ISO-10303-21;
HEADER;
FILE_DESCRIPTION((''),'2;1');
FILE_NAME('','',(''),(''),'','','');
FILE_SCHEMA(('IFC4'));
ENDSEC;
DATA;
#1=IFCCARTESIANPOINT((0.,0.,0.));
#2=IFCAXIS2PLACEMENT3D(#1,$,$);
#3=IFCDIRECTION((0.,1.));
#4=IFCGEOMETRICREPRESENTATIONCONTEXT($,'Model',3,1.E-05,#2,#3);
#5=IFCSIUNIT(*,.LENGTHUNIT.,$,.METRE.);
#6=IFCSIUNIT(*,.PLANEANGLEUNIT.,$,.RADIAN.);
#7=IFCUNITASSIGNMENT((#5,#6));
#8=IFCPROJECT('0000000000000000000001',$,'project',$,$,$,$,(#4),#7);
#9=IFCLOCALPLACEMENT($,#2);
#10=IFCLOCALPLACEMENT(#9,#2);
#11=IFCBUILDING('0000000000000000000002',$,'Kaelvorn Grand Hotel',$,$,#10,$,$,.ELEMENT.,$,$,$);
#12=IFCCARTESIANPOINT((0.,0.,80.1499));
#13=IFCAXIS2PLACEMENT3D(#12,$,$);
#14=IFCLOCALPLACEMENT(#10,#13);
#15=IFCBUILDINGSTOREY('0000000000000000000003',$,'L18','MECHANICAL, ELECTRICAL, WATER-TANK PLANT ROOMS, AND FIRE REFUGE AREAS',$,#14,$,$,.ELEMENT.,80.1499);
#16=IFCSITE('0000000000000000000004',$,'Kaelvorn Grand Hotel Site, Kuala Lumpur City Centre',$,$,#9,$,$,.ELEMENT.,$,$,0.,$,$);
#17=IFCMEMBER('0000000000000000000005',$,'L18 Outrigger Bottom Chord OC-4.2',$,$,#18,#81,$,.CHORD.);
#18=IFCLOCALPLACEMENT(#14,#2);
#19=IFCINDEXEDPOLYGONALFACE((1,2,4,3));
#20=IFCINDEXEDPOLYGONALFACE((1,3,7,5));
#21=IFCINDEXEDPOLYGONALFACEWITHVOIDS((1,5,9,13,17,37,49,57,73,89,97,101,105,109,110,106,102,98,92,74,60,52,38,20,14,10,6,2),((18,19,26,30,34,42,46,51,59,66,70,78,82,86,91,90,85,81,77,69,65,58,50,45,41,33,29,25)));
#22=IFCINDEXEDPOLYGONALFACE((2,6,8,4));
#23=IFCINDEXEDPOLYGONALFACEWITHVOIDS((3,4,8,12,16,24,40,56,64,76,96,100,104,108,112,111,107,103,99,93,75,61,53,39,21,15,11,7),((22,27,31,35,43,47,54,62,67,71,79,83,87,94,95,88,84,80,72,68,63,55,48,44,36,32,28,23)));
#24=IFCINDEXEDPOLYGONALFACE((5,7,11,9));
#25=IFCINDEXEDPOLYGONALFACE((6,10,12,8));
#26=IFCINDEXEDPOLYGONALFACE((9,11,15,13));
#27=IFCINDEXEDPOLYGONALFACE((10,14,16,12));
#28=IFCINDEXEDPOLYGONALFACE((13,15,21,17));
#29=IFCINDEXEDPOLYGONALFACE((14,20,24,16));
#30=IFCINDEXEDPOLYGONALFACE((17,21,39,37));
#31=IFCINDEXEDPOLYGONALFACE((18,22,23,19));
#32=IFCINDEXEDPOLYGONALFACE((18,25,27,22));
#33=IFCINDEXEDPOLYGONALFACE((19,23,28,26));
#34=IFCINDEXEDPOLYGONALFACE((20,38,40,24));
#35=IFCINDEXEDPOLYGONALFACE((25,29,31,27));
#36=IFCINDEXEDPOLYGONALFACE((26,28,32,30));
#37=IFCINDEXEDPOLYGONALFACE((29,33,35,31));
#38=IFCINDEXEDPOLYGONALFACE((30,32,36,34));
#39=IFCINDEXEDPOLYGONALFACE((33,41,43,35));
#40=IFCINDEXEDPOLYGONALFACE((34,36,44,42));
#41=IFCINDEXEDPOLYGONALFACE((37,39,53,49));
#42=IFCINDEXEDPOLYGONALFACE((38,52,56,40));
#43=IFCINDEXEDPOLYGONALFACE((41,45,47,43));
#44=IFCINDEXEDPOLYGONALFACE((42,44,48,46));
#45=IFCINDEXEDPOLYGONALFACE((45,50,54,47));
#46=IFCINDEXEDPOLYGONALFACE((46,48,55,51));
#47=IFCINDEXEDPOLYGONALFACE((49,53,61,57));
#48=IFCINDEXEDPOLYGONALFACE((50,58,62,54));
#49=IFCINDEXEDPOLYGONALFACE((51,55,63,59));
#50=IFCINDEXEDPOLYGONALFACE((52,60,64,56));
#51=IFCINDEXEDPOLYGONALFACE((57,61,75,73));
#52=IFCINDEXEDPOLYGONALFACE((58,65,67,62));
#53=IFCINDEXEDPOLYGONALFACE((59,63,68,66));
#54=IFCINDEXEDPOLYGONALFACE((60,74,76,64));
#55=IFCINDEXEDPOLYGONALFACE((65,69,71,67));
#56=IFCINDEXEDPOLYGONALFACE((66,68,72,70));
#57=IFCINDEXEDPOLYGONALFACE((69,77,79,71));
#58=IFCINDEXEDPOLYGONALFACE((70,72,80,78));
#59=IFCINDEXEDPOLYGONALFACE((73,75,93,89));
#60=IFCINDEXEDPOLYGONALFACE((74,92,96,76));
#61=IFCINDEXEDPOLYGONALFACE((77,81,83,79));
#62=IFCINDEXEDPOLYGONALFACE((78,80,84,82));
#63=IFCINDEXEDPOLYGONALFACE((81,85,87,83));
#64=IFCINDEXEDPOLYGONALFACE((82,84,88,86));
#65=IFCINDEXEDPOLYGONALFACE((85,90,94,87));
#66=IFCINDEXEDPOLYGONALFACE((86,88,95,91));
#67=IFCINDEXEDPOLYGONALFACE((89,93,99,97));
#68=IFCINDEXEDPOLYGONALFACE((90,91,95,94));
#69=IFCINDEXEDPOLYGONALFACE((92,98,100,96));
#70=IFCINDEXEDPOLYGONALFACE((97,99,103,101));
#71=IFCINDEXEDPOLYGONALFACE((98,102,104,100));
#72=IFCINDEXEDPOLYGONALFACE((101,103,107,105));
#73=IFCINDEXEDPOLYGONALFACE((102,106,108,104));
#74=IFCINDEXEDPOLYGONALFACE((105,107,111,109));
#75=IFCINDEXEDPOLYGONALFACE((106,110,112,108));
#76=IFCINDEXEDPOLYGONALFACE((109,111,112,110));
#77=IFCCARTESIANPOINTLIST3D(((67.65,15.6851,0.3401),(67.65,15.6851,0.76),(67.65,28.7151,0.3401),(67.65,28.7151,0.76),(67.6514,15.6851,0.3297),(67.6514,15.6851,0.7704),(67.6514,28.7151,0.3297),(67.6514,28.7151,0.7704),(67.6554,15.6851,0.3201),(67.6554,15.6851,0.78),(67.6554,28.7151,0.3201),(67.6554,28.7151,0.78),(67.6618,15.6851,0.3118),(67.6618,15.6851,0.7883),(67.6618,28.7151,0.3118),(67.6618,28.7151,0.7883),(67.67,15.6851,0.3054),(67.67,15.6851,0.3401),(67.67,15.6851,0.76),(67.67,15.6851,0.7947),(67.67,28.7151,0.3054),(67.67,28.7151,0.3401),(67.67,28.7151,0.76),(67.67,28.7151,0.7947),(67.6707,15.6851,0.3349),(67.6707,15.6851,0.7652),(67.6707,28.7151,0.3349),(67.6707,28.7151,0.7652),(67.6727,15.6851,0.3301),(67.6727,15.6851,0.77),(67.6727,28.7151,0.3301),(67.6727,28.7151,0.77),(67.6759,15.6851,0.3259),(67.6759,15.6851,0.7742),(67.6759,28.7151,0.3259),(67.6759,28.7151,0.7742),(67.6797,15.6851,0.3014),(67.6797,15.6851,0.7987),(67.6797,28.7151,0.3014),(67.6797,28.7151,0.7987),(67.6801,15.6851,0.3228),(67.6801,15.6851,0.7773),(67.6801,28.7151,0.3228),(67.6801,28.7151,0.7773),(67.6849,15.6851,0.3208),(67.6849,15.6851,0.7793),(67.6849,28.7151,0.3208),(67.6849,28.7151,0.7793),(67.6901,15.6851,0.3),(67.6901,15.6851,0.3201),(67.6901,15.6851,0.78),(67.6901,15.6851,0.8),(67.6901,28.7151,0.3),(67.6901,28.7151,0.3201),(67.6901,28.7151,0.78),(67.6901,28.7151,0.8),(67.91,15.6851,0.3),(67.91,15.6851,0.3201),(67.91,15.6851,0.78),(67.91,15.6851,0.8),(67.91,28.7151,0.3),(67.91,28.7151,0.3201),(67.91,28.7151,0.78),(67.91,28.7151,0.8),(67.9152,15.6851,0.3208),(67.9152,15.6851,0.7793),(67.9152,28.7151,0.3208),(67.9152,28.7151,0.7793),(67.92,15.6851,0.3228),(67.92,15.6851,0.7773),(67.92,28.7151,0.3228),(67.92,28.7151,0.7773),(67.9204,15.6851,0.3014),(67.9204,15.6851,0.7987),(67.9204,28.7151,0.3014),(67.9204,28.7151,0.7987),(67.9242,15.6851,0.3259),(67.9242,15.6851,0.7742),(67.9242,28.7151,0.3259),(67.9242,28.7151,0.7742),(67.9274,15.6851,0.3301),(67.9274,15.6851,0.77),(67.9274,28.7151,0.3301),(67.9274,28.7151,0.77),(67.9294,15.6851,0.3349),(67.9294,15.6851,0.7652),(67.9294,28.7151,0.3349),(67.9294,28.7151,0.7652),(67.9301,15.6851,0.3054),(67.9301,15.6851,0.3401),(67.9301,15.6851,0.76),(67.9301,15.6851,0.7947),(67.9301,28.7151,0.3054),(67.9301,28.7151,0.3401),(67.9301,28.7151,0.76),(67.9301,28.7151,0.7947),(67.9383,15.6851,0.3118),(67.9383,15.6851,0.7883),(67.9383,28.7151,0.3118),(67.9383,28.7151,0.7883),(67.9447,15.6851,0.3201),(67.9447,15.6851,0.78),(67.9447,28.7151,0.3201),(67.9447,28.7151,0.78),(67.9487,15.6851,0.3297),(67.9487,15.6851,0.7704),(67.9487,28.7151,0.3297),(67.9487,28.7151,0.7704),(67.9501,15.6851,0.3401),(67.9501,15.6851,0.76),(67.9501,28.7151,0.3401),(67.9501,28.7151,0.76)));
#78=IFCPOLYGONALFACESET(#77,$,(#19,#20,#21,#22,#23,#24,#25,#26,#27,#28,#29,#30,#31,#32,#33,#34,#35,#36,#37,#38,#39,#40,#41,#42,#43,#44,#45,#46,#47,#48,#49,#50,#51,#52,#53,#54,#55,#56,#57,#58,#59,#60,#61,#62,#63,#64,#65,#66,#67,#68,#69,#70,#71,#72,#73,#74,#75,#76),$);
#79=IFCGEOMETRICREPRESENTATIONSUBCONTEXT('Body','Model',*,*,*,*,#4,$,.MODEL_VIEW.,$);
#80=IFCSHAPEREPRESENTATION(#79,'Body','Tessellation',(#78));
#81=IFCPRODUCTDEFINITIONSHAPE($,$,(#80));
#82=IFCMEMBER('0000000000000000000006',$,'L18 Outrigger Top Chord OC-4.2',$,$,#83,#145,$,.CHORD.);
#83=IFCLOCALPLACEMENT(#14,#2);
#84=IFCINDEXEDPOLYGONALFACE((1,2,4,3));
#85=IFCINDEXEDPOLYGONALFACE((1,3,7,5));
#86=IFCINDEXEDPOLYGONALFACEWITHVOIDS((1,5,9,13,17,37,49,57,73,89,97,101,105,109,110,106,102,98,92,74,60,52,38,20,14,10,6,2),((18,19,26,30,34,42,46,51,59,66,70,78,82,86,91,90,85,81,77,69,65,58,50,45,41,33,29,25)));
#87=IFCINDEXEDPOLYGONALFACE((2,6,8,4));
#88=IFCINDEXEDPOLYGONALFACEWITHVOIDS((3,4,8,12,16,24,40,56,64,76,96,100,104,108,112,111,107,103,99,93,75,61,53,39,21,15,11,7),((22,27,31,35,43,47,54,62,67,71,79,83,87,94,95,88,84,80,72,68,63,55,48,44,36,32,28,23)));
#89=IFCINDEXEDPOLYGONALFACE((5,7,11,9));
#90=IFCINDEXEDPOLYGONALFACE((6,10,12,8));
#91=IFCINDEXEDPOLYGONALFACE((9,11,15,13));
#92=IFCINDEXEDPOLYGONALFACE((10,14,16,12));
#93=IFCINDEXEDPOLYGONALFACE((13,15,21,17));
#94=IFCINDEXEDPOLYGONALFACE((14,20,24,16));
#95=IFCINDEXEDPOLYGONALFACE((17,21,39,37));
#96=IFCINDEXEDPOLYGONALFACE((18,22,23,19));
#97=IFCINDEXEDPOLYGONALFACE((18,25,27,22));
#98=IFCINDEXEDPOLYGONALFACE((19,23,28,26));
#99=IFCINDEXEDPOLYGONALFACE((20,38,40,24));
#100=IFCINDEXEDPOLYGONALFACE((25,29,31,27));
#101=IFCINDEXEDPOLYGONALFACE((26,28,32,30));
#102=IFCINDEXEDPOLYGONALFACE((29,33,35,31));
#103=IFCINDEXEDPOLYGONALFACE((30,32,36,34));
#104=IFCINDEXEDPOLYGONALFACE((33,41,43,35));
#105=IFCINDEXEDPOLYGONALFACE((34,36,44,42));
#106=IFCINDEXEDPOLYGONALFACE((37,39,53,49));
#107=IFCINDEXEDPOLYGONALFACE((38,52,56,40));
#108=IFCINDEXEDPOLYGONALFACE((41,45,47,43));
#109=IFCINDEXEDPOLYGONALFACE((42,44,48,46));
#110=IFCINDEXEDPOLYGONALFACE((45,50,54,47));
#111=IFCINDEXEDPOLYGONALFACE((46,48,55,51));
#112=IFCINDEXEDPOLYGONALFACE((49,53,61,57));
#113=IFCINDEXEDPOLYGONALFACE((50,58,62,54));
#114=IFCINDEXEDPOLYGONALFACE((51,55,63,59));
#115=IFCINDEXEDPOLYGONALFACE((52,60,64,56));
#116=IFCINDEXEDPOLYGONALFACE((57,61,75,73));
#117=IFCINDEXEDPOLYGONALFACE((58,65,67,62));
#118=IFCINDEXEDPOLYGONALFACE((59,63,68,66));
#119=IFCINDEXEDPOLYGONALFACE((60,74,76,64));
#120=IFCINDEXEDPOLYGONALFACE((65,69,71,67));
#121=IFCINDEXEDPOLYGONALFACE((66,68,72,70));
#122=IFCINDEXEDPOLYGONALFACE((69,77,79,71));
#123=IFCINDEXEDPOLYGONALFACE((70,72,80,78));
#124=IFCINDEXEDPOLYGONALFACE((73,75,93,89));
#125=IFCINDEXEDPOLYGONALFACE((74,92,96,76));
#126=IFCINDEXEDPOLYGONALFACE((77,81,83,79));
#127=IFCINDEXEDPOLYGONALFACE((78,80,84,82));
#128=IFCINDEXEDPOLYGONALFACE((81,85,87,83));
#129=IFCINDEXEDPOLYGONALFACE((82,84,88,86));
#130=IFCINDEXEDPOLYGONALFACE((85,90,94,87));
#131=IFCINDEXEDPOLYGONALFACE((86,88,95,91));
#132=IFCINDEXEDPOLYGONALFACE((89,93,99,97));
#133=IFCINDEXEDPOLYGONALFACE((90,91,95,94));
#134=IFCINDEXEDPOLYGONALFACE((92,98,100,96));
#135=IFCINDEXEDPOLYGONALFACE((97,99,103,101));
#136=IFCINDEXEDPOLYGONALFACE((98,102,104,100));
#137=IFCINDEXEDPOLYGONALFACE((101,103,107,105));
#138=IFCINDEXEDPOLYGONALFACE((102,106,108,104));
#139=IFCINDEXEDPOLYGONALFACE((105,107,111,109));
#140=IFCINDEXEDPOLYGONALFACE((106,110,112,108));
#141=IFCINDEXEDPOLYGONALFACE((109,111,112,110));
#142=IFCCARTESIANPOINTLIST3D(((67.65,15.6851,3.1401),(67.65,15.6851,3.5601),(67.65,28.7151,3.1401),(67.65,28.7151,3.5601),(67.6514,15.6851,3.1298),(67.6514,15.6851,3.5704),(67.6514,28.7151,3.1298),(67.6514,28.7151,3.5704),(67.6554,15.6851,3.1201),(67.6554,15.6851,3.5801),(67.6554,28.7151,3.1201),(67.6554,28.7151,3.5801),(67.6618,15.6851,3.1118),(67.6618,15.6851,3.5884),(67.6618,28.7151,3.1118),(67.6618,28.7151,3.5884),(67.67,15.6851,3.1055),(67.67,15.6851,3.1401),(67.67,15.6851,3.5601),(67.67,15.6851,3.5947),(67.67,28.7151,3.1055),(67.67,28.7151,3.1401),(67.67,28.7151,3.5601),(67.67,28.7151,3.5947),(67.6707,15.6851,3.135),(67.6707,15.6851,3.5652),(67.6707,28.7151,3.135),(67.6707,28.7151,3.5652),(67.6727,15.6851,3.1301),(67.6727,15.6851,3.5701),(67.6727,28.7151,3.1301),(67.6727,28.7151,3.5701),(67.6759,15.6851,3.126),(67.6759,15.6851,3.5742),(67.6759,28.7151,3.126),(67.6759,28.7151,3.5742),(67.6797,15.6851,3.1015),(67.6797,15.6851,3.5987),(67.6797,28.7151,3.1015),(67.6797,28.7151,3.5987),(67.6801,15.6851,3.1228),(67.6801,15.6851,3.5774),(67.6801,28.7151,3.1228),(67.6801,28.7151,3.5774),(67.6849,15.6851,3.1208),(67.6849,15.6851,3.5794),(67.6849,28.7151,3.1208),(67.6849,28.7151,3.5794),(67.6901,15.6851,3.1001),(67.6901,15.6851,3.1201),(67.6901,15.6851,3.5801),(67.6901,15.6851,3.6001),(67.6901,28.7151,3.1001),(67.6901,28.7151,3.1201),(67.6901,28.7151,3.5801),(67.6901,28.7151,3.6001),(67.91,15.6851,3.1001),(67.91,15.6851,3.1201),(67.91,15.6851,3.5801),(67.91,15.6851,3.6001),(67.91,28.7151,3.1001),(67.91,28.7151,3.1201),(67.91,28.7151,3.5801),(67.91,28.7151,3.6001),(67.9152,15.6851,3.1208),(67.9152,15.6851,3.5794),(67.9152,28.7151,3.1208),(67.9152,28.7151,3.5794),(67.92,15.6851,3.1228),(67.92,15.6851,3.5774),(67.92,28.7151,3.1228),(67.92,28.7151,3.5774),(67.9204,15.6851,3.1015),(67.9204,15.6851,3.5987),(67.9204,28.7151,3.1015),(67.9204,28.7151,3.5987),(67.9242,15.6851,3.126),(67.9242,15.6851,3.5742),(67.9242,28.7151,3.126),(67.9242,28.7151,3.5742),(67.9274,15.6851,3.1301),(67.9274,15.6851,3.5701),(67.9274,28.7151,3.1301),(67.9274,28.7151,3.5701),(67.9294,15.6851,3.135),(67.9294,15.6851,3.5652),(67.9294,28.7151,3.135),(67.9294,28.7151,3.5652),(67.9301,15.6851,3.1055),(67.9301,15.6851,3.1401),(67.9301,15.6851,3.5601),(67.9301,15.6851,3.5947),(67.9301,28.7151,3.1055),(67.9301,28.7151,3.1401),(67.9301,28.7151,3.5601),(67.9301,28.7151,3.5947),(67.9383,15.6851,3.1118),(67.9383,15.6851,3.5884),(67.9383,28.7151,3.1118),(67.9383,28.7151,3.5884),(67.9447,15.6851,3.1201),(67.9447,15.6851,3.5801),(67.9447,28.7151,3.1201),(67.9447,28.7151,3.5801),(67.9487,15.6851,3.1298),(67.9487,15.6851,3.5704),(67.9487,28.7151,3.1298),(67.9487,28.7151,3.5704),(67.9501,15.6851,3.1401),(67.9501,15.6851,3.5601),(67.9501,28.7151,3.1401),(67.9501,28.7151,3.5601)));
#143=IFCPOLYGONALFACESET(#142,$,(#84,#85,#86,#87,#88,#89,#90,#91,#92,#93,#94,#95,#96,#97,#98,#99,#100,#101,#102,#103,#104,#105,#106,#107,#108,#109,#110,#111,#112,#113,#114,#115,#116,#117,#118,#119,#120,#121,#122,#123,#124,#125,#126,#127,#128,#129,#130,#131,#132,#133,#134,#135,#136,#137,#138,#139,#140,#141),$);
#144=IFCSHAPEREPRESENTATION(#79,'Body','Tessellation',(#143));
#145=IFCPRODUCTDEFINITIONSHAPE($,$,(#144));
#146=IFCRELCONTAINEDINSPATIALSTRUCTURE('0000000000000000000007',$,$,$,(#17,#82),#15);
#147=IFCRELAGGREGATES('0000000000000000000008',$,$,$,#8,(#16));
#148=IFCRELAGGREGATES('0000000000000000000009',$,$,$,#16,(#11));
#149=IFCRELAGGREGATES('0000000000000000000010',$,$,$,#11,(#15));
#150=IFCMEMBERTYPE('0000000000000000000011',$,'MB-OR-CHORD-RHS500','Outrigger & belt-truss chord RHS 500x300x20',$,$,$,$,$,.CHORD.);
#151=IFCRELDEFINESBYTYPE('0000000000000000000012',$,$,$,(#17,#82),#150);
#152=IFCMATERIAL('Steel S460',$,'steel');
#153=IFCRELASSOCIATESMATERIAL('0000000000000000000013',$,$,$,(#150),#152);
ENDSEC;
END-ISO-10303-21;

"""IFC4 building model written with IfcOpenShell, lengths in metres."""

from ifc_helpers import new_model, si_unit, direction, frame, origin, origin_2d, place, context, subcontext, project, spatial, hollow_rectangle, extrude, material, material_profile, profile_set, type_object, element, save


model = new_model("IFC4")

# Units and contexts
model_context = context("Model", 3, precision=1e-05, world=origin(), true_north=direction((0.0, 1.0)))
body_context = subcontext(model_context, "Body", "Model", "MODEL_VIEW")
ifc_project = project(units=[si_unit("LENGTHUNIT", "METRE"), si_unit("PLANEANGLEUNIT", "RADIAN")], contexts=[model_context])

# Site, building, storey
site_placement = place(None, origin())
site = spatial("IfcSite", under=ifc_project, at=site_placement, Name="Kaelvorn Grand Hotel Site, Kuala Lumpur City Centre", CompositionType="ELEMENT", RefElevation=0.0)
building_placement = place(site_placement, origin())
building = spatial("IfcBuilding", under=site, at=building_placement, Name="Kaelvorn Grand Hotel", CompositionType="ELEMENT")
storey_placement = place(building_placement, frame((0.0, 0.0, 80.1499)))
storey = spatial("IfcBuildingStorey", under=building, at=storey_placement, Name="L18", Description="MECHANICAL, ELECTRICAL, WATER-TANK PLANT ROOMS, AND FIRE REFUGE AREAS", CompositionType="ELEMENT", Elevation=80.1499)

# Members
ifc_material_1 = material(Name="Steel S460", Category="steel")
ifc_material_profile_1 = material_profile(ifc_material_1, hollow_rectangle(XDim=0.3, YDim=0.5, WallThickness=0.02, InnerFilletRadius=0.02, OuterFilletRadius=0.04, at=origin_2d()), Name="RHS 500x300x20.0")
ifc_profile_set_1 = profile_set([ifc_material_profile_1], Name="Steel S460")
member_type_1 = type_object("IfcMemberType", Name="MB-OR-CHORD-RHS500", Description="Outrigger & belt-truss chord RHS 500x300x20", PredefinedType="CHORD", material=ifc_profile_set_1)
for number, where, z_axis, x_axis, name in (
    (1, (67.8, 15.6851, 0.55), (0.0, 1.0, 0.0), (-1.0, 0.0, 0.0), "L18 Outrigger Bottom Chord OC-4.2"),
    (2, (67.8, 15.6851, 3.3501), (0.0, 1.0, 0.0), (-1.0, 0.0, 0.0), "L18 Outrigger Top Chord OC-4.2"),
):
    element("IfcMember", number, at=place(storey_placement, frame(where, z_axis=z_axis, x_axis=x_axis)), inside=storey, type_object=member_type_1, Name=name, PredefinedType="CHORD", context=body_context, shape_type="SweptSolid", body=[
        extrude(hollow_rectangle(XDim=0.3, YDim=0.5, WallThickness=0.02, InnerFilletRadius=0.02, OuterFilletRadius=0.04, at=origin_2d()), origin(), (0.0, 0.0, 1.0), 13.03),
    ])

save(model, "model.ifc")
